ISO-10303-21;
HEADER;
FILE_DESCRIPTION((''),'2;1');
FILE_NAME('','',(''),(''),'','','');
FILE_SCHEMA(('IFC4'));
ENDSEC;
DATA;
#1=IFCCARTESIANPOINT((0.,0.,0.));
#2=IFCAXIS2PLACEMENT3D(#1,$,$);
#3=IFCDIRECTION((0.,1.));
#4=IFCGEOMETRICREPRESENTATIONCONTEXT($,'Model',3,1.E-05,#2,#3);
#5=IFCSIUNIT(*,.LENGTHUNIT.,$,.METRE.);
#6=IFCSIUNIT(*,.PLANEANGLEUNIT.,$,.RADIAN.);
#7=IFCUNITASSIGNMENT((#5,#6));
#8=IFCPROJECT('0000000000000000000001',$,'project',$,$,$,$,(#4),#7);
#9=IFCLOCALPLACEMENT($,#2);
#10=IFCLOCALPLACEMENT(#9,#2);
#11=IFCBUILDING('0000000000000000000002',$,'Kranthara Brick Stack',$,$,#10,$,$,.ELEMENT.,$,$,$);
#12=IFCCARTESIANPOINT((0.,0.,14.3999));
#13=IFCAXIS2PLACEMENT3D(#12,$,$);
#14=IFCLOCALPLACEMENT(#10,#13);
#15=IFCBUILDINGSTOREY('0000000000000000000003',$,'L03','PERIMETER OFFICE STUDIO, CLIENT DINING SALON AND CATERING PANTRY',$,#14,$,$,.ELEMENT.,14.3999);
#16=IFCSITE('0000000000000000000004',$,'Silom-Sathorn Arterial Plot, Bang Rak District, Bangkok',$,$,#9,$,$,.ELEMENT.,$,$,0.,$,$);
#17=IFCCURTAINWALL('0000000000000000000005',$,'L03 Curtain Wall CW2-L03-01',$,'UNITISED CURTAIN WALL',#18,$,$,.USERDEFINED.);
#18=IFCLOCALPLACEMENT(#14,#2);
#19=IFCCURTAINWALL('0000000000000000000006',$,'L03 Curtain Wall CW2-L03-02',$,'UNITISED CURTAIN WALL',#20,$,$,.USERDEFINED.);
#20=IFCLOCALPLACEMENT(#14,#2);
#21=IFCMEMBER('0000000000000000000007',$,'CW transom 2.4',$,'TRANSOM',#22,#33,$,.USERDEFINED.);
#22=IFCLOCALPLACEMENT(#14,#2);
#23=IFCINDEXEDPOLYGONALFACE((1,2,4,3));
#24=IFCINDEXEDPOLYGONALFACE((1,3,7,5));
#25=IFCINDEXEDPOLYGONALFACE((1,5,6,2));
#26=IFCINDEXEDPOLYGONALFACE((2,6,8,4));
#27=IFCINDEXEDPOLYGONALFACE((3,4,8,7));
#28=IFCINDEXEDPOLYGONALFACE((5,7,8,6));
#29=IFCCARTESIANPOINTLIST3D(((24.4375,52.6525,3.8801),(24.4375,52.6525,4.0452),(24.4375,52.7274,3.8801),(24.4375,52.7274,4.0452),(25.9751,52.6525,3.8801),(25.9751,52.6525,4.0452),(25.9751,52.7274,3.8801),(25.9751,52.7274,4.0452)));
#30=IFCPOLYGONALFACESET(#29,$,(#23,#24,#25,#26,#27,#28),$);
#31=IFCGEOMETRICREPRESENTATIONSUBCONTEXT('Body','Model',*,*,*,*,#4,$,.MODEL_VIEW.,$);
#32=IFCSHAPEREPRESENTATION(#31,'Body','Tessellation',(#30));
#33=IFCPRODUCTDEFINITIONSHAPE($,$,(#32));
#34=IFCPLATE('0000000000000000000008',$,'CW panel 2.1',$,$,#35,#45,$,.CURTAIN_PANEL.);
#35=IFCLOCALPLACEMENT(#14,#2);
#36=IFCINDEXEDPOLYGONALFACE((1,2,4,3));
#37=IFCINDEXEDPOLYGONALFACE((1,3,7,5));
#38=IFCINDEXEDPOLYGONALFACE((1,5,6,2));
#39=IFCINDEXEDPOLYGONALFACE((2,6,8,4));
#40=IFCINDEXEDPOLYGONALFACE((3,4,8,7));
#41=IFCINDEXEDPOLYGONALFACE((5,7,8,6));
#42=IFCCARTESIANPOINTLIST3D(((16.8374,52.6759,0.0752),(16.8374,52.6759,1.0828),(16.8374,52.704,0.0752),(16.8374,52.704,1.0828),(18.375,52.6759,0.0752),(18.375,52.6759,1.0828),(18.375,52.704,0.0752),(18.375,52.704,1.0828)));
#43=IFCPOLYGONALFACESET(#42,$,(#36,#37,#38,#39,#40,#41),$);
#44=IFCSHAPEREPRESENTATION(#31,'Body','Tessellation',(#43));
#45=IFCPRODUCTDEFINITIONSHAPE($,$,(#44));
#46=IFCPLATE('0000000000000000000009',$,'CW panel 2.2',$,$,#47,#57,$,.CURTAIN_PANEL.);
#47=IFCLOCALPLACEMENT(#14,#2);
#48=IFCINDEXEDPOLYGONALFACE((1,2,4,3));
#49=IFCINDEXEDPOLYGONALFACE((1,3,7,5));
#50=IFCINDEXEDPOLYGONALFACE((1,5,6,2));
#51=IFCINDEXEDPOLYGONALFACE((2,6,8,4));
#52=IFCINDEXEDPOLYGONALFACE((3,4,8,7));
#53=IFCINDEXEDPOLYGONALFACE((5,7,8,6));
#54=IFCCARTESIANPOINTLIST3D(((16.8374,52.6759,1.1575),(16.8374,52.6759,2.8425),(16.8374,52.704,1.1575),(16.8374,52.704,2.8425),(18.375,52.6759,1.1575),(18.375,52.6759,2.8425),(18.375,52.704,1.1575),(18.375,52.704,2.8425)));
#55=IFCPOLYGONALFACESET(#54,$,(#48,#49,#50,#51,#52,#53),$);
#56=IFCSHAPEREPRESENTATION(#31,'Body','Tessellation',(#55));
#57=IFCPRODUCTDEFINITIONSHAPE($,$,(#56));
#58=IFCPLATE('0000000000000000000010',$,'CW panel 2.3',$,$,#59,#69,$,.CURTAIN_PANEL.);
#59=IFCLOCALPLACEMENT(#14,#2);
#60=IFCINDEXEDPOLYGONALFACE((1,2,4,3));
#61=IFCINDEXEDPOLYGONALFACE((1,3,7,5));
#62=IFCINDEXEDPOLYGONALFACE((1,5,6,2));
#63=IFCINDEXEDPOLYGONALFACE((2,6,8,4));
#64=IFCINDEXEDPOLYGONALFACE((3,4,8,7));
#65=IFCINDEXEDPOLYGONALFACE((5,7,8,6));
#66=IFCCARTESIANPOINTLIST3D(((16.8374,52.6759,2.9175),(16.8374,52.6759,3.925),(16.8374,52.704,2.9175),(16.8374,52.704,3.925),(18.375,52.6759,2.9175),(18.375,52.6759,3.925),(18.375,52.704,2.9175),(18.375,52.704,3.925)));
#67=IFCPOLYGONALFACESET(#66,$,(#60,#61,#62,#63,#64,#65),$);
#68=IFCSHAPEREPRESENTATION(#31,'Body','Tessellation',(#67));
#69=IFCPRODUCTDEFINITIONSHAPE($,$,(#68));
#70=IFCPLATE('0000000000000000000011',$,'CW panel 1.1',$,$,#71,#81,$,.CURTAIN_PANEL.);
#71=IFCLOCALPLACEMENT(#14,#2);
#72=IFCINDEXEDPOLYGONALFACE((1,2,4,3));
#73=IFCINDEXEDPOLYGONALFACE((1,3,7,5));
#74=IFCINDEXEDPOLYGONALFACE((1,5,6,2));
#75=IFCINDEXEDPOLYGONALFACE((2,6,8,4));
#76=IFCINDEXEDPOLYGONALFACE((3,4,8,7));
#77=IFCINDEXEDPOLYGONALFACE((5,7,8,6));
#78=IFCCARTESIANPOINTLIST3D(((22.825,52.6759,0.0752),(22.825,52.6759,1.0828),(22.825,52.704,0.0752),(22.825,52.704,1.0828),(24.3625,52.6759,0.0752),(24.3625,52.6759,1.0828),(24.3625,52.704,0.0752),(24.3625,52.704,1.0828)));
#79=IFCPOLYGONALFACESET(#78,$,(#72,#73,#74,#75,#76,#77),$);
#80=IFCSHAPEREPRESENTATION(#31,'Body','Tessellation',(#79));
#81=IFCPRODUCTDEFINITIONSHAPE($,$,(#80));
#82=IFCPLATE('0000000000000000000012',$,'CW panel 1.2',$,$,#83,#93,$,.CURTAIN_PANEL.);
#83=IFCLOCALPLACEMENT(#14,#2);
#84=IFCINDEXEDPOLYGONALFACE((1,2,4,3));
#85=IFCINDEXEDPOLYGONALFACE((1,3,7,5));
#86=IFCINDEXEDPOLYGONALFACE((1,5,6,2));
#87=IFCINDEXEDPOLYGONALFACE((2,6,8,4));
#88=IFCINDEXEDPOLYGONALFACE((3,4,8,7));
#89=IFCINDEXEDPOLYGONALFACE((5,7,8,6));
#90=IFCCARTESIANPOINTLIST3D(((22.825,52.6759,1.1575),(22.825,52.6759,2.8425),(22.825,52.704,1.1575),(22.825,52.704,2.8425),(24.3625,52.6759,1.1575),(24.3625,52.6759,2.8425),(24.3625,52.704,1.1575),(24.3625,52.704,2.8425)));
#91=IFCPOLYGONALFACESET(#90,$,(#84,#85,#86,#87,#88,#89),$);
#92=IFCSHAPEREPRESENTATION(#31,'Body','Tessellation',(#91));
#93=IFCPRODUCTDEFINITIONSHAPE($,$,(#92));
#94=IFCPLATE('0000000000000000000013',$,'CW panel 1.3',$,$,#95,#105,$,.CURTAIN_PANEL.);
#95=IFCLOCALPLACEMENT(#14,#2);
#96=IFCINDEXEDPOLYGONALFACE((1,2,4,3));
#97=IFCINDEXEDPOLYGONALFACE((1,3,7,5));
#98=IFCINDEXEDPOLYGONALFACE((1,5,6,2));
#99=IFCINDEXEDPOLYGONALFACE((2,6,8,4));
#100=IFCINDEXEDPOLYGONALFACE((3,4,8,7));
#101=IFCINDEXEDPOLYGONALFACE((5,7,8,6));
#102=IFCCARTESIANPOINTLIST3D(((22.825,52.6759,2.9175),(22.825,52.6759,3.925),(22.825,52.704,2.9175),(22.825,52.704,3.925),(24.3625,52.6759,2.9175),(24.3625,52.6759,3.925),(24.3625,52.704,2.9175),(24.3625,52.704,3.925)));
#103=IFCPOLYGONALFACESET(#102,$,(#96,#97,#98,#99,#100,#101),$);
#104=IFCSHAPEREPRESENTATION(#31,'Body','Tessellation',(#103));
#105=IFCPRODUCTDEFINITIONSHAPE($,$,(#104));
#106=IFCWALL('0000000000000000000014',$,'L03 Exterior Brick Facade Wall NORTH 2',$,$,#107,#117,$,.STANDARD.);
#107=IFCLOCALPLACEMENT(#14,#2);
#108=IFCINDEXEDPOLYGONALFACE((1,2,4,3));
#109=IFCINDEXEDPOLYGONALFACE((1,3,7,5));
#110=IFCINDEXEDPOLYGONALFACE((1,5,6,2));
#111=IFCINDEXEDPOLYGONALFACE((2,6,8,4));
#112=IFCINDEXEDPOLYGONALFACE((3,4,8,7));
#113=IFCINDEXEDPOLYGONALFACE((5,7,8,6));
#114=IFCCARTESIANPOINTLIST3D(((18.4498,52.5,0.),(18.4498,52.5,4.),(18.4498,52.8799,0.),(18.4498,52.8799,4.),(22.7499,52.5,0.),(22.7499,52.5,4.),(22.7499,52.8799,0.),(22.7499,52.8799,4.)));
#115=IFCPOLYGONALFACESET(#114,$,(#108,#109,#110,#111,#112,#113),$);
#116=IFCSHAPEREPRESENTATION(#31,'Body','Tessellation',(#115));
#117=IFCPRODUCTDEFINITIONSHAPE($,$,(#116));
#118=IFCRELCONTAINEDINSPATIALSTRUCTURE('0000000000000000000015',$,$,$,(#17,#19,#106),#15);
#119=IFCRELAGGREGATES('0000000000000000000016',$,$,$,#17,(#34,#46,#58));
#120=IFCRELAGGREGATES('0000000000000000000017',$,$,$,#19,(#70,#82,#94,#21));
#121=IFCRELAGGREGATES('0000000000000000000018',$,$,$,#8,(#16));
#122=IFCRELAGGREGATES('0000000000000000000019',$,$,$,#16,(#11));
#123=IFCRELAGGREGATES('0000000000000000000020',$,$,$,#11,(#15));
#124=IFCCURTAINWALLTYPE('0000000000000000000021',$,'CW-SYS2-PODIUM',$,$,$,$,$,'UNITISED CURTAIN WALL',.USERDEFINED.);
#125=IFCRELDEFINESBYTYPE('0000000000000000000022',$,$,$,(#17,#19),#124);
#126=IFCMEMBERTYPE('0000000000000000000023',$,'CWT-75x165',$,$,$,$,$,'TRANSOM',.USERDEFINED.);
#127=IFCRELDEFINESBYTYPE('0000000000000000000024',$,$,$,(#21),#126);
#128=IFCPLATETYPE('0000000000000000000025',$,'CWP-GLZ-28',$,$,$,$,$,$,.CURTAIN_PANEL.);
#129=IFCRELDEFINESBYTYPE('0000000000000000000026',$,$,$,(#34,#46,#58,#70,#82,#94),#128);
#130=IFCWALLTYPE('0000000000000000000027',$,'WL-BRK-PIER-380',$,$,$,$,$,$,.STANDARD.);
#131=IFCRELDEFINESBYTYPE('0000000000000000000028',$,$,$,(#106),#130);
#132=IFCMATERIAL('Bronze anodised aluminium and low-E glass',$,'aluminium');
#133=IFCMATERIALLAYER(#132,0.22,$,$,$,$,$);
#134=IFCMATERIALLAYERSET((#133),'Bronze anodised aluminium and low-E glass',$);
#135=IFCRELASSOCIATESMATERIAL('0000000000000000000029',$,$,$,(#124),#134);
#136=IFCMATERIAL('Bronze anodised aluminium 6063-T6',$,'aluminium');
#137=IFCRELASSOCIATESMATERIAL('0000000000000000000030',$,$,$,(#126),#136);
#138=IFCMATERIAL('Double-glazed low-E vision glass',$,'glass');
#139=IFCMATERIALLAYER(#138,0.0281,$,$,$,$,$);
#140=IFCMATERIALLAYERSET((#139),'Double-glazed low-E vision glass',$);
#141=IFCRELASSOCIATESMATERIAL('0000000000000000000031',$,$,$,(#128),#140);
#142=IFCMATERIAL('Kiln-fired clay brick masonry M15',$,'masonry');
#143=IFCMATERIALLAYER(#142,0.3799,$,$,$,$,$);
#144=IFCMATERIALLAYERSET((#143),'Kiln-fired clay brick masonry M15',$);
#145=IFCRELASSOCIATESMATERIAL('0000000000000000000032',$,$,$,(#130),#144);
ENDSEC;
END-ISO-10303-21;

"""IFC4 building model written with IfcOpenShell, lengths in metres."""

from ifc_helpers import new_model, si_unit, direction, frame, frame_2d, origin, origin_2d, place, context, subcontext, project, spatial, rectangle, extrude, material, layer, layer_set, material_profile, profile_set, type_object, element, aggregate, save


model = new_model("IFC4")

# Units and contexts
model_context = context("Model", 3, precision=1e-05, world=origin(), true_north=direction((0.0, 1.0)))
body_context = subcontext(model_context, "Body", "Model", "MODEL_VIEW")
ifc_project = project(units=[si_unit("LENGTHUNIT", "METRE"), si_unit("PLANEANGLEUNIT", "RADIAN")], contexts=[model_context])

# Site, building, storey
site_placement = place(None, origin())
site = spatial("IfcSite", under=ifc_project, at=site_placement, Name="Silom-Sathorn Arterial Plot, Bang Rak District, Bangkok", CompositionType="ELEMENT", RefElevation=0.0)
building_placement = place(site_placement, origin())
building = spatial("IfcBuilding", under=site, at=building_placement, Name="Kranthara Brick Stack", CompositionType="ELEMENT")
storey_placement = place(building_placement, frame((0.0, 0.0, 14.3999)))
storey = spatial("IfcBuildingStorey", under=building, at=storey_placement, Name="L03", Description="PERIMETER OFFICE STUDIO, CLIENT DINING SALON AND CATERING PANTRY", CompositionType="ELEMENT", Elevation=14.3999)

# Curtain wall
ifc_material_1 = material(Name="Bronze anodised aluminium and low-E glass", Category="aluminium")
ifc_layer_1 = layer(ifc_material_1, 0.22)
ifc_layer_set_1 = layer_set([ifc_layer_1], Name="Bronze anodised aluminium and low-E glass")
curtain_wall_type = type_object("IfcCurtainWallType", Name="CW-SYS2-PODIUM", ElementType="UNITISED CURTAIN WALL", PredefinedType="USERDEFINED", material=ifc_layer_set_1)
curtain_wall_1_placement = place(storey_placement, origin())
curtain_wall_1 = element("IfcCurtainWall", 1, at=curtain_wall_1_placement, inside=storey, type_object=curtain_wall_type, Name="L03 Curtain Wall CW2-L03-01", ObjectType="UNITISED CURTAIN WALL", PredefinedType="USERDEFINED")

# Curtain wall
curtain_wall_2_placement = place(storey_placement, origin())
curtain_wall_2 = element("IfcCurtainWall", 2, at=curtain_wall_2_placement, inside=storey, type_object=curtain_wall_type, Name="L03 Curtain Wall CW2-L03-02", ObjectType="UNITISED CURTAIN WALL", PredefinedType="USERDEFINED")

# Member
ifc_material_2 = material(Name="Bronze anodised aluminium 6063-T6", Category="aluminium")
ifc_material_profile_1 = material_profile(ifc_material_2, rectangle(XDim=0.075, YDim=0.165, at=origin_2d()), Name="ALU TRANSOM 75x165")
ifc_profile_set_1 = profile_set([ifc_material_profile_1], Name="Bronze anodised aluminium 6063-T6")
member_type_1 = type_object("IfcMemberType", Name="CWT-75x165", ElementType="TRANSOM", PredefinedType="USERDEFINED", material=ifc_profile_set_1)
member_1_placement = place(storey_placement, frame((24.4375, 52.6899, 3.9626), z_axis=(1.0, 0.0, 0.0), x_axis=(0.0, 1.0, 0.0)))
member_1 = element("IfcMember", 3, at=member_1_placement, type_object=member_type_1, Name="CW transom 2.4", ObjectType="TRANSOM", PredefinedType="USERDEFINED", context=body_context, shape_type="SweptSolid", body=[
    extrude(rectangle(XDim=0.075, YDim=0.165, at=origin_2d()), origin(), (0.0, 0.0, 1.0), 1.5376),
])

# Plates
ifc_material_3 = material(Name="Double-glazed low-E vision glass", Category="glass")
ifc_layer_2 = layer(ifc_material_3, 0.0281)
ifc_layer_set_2 = layer_set([ifc_layer_2], Name="Double-glazed low-E vision glass")
plate_type = type_object("IfcPlateType", Name="CWP-GLZ-28", PredefinedType="CURTAIN_PANEL", material=ifc_layer_set_2)
plate_1_placement = place(storey_placement, frame((17.6062, 52.6899, 0.0752), z_axis=(0.0, 0.0, 1.0), x_axis=(1.0, 0.0, 0.0)))
plate_1 = element("IfcPlate", 4, at=plate_1_placement, type_object=plate_type, Name="CW panel 2.1", PredefinedType="CURTAIN_PANEL", context=body_context, shape_type="SweptSolid", body=[
    extrude(rectangle(XDim=1.5376, YDim=0.0281, at=origin_2d()), origin(), (0.0, 0.0, 1.0), 1.0076),
])
plate_2_placement = place(storey_placement, frame((17.6062, 52.6899, 1.1575), z_axis=(0.0, 0.0, 1.0), x_axis=(1.0, 0.0, 0.0)))
plate_2 = element("IfcPlate", 5, at=plate_2_placement, type_object=plate_type, Name="CW panel 2.2", PredefinedType="CURTAIN_PANEL", context=body_context, shape_type="SweptSolid", body=[
    extrude(rectangle(XDim=1.5376, YDim=0.0281, at=origin_2d()), origin(), (0.0, 0.0, 1.0), 1.6851),
])
plate_3_placement = place(storey_placement, frame((17.6062, 52.6899, 2.9175), z_axis=(0.0, 0.0, 1.0), x_axis=(1.0, 0.0, 0.0)))
plate_3 = element("IfcPlate", 6, at=plate_3_placement, type_object=plate_type, Name="CW panel 2.3", PredefinedType="CURTAIN_PANEL", context=body_context, shape_type="SweptSolid", body=[
    extrude(rectangle(XDim=1.5376, YDim=0.0281, at=origin_2d()), origin(), (0.0, 0.0, 1.0), 1.0076),
])
aggregate(curtain_wall_1, [plate_1, plate_2, plate_3])
plate_4_placement = place(storey_placement, frame((23.5938, 52.6899, 0.0752), z_axis=(0.0, 0.0, 1.0), x_axis=(1.0, 0.0, 0.0)))
plate_4 = element("IfcPlate", 7, at=plate_4_placement, type_object=plate_type, Name="CW panel 1.1", PredefinedType="CURTAIN_PANEL", context=body_context, shape_type="SweptSolid", body=[
    extrude(rectangle(XDim=1.5376, YDim=0.0281, at=origin_2d()), origin(), (0.0, 0.0, 1.0), 1.0076),
])
plate_5_placement = place(storey_placement, frame((23.5938, 52.6899, 1.1575), z_axis=(0.0, 0.0, 1.0), x_axis=(1.0, 0.0, 0.0)))
plate_5 = element("IfcPlate", 8, at=plate_5_placement, type_object=plate_type, Name="CW panel 1.2", PredefinedType="CURTAIN_PANEL", context=body_context, shape_type="SweptSolid", body=[
    extrude(rectangle(XDim=1.5376, YDim=0.0281, at=origin_2d()), origin(), (0.0, 0.0, 1.0), 1.6851),
])
plate_6_placement = place(storey_placement, frame((23.5938, 52.6899, 2.9175), z_axis=(0.0, 0.0, 1.0), x_axis=(1.0, 0.0, 0.0)))
plate_6 = element("IfcPlate", 9, at=plate_6_placement, type_object=plate_type, Name="CW panel 1.3", PredefinedType="CURTAIN_PANEL", context=body_context, shape_type="SweptSolid", body=[
    extrude(rectangle(XDim=1.5376, YDim=0.0281, at=origin_2d()), origin(), (0.0, 0.0, 1.0), 1.0076),
])
aggregate(curtain_wall_2, [plate_4, plate_5, plate_6, member_1])

# Wall
ifc_material_4 = material(Name="Kiln-fired clay brick masonry M15", Category="masonry")
ifc_layer_3 = layer(ifc_material_4, 0.3799)
ifc_layer_set_3 = layer_set([ifc_layer_3], Name="Kiln-fired clay brick masonry M15")
wall_type = type_object("IfcWallType", Name="WL-BRK-PIER-380", PredefinedType="STANDARD", material=ifc_layer_set_3)
wall_placement = place(storey_placement, frame((18.45, 52.6899, 0.0), z_axis=(0.0, 0.0, 1.0), x_axis=(1.0, 0.0, 0.0)))
element("IfcWall", 10, at=wall_placement, inside=storey, type_object=wall_type, Name="L03 Exterior Brick Facade Wall NORTH 2", PredefinedType="STANDARD", context=body_context, shape_type="SweptSolid", body=[
    extrude(rectangle(XDim=4.3, YDim=0.3799, at=frame_2d((2.1499, 0.0))), origin(), (0.0, 0.0, 1.0), 4.0),
])

save(model, "model.ifc")
